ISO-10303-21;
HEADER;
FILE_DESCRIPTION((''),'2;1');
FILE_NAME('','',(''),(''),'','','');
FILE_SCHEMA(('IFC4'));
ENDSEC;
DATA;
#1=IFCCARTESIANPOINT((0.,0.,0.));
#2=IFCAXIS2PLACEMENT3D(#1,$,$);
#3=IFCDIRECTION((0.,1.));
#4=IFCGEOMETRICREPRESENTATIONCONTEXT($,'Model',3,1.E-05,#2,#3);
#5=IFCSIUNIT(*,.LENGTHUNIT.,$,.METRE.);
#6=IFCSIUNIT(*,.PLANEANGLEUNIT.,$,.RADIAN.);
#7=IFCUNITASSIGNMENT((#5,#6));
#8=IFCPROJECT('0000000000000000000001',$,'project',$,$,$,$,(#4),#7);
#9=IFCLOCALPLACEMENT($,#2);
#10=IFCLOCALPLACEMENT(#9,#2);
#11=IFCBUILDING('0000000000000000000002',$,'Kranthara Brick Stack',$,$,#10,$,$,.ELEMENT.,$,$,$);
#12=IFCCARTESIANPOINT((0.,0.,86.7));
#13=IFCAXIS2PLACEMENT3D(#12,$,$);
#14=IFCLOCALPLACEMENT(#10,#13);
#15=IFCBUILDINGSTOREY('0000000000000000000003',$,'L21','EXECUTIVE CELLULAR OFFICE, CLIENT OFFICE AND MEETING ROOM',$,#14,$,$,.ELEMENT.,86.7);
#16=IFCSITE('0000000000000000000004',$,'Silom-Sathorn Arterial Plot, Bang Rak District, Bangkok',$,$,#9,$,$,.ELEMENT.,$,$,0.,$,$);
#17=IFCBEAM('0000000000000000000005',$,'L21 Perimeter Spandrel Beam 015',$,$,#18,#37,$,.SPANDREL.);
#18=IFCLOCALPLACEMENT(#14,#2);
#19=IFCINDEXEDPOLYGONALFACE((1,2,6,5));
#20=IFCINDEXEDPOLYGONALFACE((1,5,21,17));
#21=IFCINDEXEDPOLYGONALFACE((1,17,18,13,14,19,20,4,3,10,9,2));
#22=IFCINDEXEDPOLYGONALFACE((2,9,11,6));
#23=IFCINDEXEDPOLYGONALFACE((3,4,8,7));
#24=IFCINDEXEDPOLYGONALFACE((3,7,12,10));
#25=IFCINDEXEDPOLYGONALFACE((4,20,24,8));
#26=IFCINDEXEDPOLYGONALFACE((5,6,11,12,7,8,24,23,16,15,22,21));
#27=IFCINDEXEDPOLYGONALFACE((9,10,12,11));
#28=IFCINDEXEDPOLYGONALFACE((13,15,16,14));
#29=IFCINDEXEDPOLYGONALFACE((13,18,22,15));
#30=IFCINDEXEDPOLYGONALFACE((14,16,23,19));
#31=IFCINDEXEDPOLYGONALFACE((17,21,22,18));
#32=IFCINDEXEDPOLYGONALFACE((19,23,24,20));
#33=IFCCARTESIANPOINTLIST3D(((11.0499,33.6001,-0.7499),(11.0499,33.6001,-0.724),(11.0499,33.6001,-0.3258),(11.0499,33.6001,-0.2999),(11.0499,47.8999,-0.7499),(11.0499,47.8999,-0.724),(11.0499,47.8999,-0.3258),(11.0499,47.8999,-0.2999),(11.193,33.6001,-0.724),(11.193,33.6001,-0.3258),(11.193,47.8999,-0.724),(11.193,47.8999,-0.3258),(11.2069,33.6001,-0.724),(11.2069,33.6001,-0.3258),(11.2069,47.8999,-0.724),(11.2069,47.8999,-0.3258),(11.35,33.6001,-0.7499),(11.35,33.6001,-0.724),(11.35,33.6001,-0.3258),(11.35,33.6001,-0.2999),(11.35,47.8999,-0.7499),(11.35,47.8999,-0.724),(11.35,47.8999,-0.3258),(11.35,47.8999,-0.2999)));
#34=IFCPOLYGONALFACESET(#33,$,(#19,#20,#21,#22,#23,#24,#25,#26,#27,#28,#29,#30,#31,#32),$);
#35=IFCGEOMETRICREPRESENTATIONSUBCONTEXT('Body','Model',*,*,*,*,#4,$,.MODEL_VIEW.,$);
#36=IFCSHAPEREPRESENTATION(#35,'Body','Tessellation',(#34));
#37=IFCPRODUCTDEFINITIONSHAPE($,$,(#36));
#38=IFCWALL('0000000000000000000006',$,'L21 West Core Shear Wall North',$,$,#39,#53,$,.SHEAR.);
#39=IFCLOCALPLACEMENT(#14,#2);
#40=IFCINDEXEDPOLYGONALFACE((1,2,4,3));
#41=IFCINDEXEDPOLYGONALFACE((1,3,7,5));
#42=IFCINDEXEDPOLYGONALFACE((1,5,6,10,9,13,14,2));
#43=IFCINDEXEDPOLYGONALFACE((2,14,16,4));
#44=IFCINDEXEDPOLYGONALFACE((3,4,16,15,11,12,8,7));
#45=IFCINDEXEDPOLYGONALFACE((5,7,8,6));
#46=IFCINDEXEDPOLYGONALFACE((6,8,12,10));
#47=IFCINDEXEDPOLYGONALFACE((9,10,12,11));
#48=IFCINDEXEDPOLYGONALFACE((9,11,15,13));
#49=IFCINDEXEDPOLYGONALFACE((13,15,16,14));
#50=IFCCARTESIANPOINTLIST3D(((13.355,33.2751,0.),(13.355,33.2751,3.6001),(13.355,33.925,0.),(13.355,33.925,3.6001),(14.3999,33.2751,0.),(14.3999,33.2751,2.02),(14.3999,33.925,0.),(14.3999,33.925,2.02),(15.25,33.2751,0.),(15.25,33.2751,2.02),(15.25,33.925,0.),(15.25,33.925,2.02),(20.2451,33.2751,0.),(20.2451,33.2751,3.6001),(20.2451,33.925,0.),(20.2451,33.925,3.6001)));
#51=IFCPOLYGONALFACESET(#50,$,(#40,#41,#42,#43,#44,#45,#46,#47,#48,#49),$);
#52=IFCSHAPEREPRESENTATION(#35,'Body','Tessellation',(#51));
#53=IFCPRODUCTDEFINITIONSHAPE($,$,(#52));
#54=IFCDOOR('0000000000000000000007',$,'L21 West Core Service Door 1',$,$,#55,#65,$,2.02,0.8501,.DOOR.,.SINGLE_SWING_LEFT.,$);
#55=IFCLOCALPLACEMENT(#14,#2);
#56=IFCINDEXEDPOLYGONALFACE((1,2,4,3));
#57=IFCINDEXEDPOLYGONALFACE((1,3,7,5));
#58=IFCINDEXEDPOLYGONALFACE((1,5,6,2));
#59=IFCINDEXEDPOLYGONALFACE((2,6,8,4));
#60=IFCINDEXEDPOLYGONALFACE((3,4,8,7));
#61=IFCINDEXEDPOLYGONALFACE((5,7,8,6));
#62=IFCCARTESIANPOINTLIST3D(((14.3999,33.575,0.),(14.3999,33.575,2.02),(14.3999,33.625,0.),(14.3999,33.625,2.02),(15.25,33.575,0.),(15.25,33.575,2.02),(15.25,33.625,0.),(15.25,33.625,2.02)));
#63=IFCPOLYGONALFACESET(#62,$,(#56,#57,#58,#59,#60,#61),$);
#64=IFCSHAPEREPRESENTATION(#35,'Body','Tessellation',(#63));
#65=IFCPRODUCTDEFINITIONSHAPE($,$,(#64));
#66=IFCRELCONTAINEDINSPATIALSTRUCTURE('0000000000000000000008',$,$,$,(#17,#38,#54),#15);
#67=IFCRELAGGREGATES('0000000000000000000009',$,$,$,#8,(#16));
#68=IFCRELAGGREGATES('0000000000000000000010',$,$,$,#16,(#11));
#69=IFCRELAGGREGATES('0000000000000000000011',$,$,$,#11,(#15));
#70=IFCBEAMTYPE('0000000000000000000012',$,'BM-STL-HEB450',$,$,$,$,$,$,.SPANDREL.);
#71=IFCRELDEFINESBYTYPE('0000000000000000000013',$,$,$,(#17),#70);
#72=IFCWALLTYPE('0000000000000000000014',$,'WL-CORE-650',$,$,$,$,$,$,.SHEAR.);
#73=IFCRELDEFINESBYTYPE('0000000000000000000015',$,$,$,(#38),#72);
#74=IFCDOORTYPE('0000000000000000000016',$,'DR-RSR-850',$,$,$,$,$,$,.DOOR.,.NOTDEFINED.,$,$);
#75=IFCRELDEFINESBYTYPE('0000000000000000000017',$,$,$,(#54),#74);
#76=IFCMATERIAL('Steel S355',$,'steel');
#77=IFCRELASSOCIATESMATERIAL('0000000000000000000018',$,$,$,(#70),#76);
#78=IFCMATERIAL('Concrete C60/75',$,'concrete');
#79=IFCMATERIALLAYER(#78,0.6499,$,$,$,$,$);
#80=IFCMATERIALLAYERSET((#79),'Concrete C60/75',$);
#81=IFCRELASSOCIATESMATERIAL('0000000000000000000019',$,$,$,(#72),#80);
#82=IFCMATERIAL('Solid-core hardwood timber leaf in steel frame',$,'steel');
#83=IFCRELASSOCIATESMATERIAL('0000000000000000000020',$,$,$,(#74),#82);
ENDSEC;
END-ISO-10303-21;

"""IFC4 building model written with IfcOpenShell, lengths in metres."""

from ifc_helpers import new_model, si_unit, direction, frame, frame_2d, origin, origin_2d, place, context, subcontext, project, spatial, rectangle, i_section, extrude, material, layer, layer_set, material_profile, profile_set, type_object, element, fill, save


model = new_model("IFC4")

# Units and contexts
model_context = context("Model", 3, precision=1e-05, world=origin(), true_north=direction((0.0, 1.0)))
body_context = subcontext(model_context, "Body", "Model", "MODEL_VIEW")
ifc_project = project(units=[si_unit("LENGTHUNIT", "METRE"), si_unit("PLANEANGLEUNIT", "RADIAN")], contexts=[model_context])

# Site, building, storey
site_placement = place(None, origin())
site = spatial("IfcSite", under=ifc_project, at=site_placement, Name="Silom-Sathorn Arterial Plot, Bang Rak District, Bangkok", CompositionType="ELEMENT", RefElevation=0.0)
building_placement = place(site_placement, origin())
building = spatial("IfcBuilding", under=site, at=building_placement, Name="Kranthara Brick Stack", CompositionType="ELEMENT")
storey_placement = place(building_placement, frame((0.0, 0.0, 86.7)))
storey = spatial("IfcBuildingStorey", under=building, at=storey_placement, Name="L21", Description="EXECUTIVE CELLULAR OFFICE, CLIENT OFFICE AND MEETING ROOM", CompositionType="ELEMENT", Elevation=86.7)

# Beam
ifc_material_1 = material(Name="Steel S355", Category="steel")
ifc_material_profile_1 = material_profile(ifc_material_1, i_section(OverallWidth=0.3, OverallDepth=0.45, WebThickness=0.0139, FlangeThickness=0.0259, at=origin_2d()), Name="HEB 450")
ifc_profile_set_1 = profile_set([ifc_material_profile_1], Name="Steel S355")
beam_type_1 = type_object("IfcBeamType", Name="BM-STL-HEB450", PredefinedType="SPANDREL", material=ifc_profile_set_1)
beam_1_placement = place(storey_placement, frame((11.2, 33.6001, -0.5249), z_axis=(0.0, 1.0, 0.0), x_axis=(-1.0, 0.0, 0.0)))
element("IfcBeam", 1, at=beam_1_placement, inside=storey, type_object=beam_type_1, Name="L21 Perimeter Spandrel Beam 015", PredefinedType="SPANDREL", context=body_context, shape_type="SweptSolid", body=[
    extrude(i_section(OverallWidth=0.3, OverallDepth=0.45, WebThickness=0.0139, FlangeThickness=0.0259, at=origin_2d()), origin(), (0.0, 0.0, 1.0), 14.2998),
])

# Wall, opening, door
ifc_material_2 = material(Name="Concrete C60/75", Category="concrete")
ifc_layer = layer(ifc_material_2, 0.6499)
ifc_layer_set = layer_set([ifc_layer], Name="Concrete C60/75")
wall_type = type_object("IfcWallType", Name="WL-CORE-650", PredefinedType="SHEAR", material=ifc_layer_set)
wall_placement = place(storey_placement, frame((13.355, 33.6001, 0.0), z_axis=(0.0, 0.0, 1.0), x_axis=(1.0, 0.0, 0.0)))
wall = element("IfcWall", 2, at=wall_placement, inside=storey, type_object=wall_type, Name="L21 West Core Shear Wall North", PredefinedType="SHEAR", context=body_context, shape_type="SweptSolid", body=[
    extrude(rectangle(XDim=6.8901, YDim=0.6499, at=frame_2d((3.4451, 0.0))), origin(), (0.0, 0.0, 1.0), 3.6001),
])
opening_placement = place(wall_placement, frame((1.0449, 0.0, 0.0)))
opening = element("IfcOpeningElement", 3, at=opening_placement, cuts=wall, PredefinedType="OPENING", context=body_context, shape_type="SweptSolid", body=[
    extrude(rectangle(XDim=0.8501, YDim=2.02, at=frame_2d((0.425, 1.01))), frame((0.0, 0.335, 0.0), z_axis=(0.0, -1.0, 0.0), x_axis=(1.0, 0.0, 0.0)), (0.0, 0.0, 1.0), 0.6699),
])
ifc_material_3 = material(Name="Solid-core hardwood timber leaf in steel frame", Category="steel")
door_type = type_object("IfcDoorType", Name="DR-RSR-850", OperationType="NOTDEFINED", PredefinedType="DOOR", material=ifc_material_3)
door_placement = place(opening_placement, origin())
door = element("IfcDoor", 4, at=door_placement, inside=storey, type_object=door_type, Name="L21 West Core Service Door 1", OperationType="SINGLE_SWING_LEFT", OverallHeight=2.02, OverallWidth=0.8501, PredefinedType="DOOR", context=body_context, shape_type="SweptSolid", body=[
    extrude(rectangle(XDim=0.8501, YDim=2.02, at=frame_2d((0.425, 1.01))), frame((0.0, 0.0249, 0.0), z_axis=(0.0, -1.0, 0.0), x_axis=(1.0, 0.0, 0.0)), (0.0, 0.0, 1.0), 0.05),
])
fill(opening, door)

save(model, "model.ifc")
